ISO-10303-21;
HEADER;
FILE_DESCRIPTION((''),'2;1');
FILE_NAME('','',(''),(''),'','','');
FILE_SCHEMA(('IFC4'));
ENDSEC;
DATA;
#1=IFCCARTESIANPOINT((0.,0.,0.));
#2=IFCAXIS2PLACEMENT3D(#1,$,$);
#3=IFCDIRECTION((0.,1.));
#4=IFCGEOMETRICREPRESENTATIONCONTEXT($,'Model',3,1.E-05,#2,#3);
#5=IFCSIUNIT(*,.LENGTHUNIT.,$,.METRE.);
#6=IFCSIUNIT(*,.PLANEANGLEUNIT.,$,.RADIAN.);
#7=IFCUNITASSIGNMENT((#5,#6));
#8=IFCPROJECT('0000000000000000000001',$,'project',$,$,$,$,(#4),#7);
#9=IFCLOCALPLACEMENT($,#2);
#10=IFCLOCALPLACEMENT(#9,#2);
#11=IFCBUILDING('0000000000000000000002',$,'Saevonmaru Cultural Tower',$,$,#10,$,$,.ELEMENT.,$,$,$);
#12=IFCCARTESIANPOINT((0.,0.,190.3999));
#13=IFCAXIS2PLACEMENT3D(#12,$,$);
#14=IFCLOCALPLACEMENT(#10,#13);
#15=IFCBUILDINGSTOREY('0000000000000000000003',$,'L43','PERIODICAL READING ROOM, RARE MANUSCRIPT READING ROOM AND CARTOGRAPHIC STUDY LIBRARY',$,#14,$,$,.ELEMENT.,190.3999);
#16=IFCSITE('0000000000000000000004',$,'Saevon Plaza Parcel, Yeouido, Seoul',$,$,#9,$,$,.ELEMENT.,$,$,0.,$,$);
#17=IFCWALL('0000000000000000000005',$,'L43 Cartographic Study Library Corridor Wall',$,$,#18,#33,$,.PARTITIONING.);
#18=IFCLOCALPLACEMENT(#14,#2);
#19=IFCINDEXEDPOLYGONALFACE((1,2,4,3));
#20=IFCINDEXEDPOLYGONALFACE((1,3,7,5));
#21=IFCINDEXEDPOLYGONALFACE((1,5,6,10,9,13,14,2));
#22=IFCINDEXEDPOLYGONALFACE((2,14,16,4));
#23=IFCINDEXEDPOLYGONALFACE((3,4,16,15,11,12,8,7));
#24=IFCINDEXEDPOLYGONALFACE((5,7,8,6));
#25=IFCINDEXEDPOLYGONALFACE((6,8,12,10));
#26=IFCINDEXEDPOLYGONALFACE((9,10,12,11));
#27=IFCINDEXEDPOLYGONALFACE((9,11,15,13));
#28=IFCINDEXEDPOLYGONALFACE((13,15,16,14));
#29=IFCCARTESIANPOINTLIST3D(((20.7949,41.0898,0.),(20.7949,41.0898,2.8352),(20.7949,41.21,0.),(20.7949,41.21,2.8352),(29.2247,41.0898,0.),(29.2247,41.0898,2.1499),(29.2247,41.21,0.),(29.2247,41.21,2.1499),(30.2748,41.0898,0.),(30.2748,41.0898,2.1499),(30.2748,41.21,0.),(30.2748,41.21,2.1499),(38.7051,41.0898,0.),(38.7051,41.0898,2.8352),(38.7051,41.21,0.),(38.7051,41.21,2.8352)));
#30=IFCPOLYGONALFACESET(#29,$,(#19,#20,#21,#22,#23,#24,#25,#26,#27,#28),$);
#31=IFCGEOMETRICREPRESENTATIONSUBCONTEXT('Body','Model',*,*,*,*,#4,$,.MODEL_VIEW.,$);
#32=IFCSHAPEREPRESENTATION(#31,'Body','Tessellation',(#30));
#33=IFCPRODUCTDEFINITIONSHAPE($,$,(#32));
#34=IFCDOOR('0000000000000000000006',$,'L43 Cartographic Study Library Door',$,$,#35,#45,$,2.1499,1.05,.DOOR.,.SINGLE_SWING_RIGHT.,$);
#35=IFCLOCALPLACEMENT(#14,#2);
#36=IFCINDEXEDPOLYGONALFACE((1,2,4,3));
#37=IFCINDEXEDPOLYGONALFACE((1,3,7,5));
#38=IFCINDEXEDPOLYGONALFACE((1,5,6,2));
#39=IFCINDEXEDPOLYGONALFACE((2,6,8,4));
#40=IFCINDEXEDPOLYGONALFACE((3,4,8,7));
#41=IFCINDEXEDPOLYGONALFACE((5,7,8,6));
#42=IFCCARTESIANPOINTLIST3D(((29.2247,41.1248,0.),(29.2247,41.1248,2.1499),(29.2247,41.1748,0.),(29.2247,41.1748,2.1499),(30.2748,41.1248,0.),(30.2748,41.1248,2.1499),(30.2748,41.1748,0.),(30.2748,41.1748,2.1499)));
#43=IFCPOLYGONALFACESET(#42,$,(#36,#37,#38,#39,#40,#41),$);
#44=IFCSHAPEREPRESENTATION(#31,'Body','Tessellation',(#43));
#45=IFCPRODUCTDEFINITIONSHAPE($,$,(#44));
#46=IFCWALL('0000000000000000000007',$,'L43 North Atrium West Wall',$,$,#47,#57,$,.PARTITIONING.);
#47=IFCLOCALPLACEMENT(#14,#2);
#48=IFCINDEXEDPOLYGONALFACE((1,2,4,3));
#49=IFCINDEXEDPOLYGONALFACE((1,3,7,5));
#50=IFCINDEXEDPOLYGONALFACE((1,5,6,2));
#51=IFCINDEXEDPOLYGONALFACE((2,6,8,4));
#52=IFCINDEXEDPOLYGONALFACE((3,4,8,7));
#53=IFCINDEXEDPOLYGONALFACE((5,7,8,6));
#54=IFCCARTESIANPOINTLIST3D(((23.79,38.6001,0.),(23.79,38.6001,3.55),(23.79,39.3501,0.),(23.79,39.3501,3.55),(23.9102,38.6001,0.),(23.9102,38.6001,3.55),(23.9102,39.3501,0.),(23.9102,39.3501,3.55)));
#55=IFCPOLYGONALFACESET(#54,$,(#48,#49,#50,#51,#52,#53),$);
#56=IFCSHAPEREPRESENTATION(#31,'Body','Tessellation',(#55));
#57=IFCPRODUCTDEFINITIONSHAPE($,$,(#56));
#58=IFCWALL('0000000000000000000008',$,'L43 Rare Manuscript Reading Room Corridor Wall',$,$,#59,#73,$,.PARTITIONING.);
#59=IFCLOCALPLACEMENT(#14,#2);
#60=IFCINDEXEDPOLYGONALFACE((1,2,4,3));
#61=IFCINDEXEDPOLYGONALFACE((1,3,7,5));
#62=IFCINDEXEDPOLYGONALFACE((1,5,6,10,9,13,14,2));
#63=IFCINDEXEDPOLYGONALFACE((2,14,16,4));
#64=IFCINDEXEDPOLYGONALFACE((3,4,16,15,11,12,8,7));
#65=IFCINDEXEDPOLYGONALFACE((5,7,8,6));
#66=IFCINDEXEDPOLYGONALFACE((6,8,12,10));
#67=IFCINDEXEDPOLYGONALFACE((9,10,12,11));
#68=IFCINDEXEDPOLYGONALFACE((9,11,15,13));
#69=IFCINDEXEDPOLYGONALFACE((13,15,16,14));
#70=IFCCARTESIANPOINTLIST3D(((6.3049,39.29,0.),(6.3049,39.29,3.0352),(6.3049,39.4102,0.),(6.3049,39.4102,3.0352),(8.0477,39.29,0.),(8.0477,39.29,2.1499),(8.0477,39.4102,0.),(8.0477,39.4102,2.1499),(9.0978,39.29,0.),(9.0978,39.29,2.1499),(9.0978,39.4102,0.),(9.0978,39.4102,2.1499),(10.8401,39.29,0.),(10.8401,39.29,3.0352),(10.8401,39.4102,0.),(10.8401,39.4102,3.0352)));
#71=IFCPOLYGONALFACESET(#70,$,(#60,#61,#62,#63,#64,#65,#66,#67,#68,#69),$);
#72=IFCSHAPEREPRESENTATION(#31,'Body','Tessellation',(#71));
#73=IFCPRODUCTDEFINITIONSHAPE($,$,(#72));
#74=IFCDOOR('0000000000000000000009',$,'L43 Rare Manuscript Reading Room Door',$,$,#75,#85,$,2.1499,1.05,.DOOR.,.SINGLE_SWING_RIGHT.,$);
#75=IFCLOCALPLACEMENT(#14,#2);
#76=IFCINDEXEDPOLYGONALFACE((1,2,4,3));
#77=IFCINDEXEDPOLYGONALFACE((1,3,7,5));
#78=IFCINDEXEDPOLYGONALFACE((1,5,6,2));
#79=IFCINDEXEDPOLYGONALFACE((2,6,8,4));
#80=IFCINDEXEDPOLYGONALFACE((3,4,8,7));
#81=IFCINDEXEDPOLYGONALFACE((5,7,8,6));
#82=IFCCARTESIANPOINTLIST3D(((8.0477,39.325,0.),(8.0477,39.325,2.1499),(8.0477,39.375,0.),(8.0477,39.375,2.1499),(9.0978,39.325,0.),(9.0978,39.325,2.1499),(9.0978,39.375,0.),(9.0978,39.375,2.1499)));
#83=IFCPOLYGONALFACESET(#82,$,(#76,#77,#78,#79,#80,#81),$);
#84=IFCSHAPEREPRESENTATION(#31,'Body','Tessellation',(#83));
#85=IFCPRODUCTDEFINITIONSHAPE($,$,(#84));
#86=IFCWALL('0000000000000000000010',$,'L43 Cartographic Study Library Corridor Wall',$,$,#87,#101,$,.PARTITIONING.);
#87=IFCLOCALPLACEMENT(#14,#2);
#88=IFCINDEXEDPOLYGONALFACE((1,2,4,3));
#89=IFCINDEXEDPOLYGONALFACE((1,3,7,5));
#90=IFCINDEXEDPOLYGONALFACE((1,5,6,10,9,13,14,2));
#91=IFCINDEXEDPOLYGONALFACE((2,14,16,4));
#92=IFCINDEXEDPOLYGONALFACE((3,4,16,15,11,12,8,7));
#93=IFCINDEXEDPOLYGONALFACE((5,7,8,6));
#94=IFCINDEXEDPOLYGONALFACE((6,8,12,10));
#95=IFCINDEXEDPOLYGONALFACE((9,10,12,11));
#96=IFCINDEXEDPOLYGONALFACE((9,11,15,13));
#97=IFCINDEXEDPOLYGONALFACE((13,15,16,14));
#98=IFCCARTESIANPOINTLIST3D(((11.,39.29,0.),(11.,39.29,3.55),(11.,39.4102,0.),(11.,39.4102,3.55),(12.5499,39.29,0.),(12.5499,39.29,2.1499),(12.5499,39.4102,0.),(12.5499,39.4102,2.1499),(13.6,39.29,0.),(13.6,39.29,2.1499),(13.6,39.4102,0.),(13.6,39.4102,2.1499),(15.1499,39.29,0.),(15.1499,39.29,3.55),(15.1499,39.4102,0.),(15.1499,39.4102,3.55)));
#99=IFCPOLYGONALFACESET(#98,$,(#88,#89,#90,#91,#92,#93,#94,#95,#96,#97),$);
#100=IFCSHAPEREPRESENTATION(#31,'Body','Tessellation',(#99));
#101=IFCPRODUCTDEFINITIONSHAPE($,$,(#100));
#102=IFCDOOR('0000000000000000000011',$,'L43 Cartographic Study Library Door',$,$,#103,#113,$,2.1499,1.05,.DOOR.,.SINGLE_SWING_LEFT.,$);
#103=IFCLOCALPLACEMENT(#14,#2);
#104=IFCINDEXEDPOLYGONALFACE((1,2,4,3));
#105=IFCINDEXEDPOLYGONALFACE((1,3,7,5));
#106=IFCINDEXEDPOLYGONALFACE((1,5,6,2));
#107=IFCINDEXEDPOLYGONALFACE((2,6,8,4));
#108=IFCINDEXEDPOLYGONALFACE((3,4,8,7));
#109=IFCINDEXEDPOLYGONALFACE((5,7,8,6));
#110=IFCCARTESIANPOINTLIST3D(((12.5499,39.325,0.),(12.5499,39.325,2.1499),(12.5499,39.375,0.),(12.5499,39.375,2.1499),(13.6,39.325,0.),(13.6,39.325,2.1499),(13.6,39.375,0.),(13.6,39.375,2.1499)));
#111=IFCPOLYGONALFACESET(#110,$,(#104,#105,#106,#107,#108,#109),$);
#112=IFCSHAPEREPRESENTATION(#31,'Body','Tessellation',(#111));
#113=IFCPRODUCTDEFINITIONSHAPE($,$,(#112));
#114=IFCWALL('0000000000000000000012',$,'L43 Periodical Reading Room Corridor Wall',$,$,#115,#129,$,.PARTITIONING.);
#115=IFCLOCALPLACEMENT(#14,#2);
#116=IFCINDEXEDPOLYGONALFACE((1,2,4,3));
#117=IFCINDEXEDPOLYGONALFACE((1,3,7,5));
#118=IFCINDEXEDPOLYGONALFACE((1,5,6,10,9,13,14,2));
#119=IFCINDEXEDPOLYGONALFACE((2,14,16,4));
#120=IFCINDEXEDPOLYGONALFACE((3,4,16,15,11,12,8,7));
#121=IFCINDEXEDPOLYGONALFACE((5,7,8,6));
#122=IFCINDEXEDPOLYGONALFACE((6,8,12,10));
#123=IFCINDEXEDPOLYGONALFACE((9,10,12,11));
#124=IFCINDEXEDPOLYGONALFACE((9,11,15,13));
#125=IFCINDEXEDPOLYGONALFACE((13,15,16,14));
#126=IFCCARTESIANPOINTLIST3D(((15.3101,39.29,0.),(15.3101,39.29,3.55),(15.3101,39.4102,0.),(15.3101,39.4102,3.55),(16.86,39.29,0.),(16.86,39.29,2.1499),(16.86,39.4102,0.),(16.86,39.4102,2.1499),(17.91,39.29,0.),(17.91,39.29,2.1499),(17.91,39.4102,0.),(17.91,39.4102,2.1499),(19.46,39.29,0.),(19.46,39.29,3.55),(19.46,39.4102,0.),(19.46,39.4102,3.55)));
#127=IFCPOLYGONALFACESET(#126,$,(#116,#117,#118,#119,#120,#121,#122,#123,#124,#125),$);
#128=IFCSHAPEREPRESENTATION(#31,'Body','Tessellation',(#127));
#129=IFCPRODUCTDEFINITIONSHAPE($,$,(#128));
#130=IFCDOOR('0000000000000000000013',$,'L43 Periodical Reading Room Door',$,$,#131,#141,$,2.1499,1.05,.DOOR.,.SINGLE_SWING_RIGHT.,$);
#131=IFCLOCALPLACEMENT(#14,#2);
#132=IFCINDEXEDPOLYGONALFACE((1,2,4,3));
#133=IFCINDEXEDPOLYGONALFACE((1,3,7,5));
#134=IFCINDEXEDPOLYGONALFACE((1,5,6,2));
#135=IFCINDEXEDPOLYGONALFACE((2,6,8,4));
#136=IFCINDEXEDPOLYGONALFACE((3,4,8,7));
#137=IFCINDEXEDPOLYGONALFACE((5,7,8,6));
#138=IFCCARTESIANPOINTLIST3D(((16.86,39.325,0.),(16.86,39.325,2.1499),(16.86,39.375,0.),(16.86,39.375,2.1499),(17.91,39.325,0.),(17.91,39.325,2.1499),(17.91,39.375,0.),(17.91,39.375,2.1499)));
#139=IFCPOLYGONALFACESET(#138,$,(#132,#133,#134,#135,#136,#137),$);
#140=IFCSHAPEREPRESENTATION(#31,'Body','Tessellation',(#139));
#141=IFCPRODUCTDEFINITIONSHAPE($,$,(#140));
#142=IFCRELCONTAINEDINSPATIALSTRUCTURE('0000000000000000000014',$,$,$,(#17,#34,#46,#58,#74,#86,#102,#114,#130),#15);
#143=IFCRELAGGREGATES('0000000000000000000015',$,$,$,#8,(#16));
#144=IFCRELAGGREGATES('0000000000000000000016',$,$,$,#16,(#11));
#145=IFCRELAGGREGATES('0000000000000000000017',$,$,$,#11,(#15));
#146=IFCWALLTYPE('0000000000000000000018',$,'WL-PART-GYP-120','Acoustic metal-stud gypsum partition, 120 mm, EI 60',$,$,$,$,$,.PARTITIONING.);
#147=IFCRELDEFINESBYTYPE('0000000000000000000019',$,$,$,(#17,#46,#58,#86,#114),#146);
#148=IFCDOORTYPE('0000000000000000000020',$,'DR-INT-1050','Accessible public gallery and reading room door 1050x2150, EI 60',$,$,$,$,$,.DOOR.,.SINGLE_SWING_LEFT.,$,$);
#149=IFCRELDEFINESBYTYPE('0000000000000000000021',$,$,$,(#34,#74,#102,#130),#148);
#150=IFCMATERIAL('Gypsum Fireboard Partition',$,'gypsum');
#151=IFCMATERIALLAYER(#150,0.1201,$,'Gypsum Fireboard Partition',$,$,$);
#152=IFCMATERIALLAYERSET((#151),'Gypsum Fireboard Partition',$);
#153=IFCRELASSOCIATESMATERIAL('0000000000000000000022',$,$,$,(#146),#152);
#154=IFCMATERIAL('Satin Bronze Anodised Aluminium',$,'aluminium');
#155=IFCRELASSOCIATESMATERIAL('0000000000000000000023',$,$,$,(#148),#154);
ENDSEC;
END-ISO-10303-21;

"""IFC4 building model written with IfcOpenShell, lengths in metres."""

from ifc_helpers import new_model, si_unit, direction, frame, frame_2d, origin, place, context, subcontext, project, spatial, rectangle, extrude, material, layer, layer_set, type_object, element, fill, save


model = new_model("IFC4")

# Units and contexts
model_context = context("Model", 3, precision=1e-05, world=origin(), true_north=direction((0.0, 1.0)))
body_context = subcontext(model_context, "Body", "Model", "MODEL_VIEW")
ifc_project = project(units=[si_unit("LENGTHUNIT", "METRE"), si_unit("PLANEANGLEUNIT", "RADIAN")], contexts=[model_context])

# Site, building, storey
site_placement = place(None, origin())
site = spatial("IfcSite", under=ifc_project, at=site_placement, Name="Saevon Plaza Parcel, Yeouido, Seoul", CompositionType="ELEMENT", RefElevation=0.0)
building_placement = place(site_placement, origin())
building = spatial("IfcBuilding", under=site, at=building_placement, Name="Saevonmaru Cultural Tower", CompositionType="ELEMENT")
storey_placement = place(building_placement, frame((0.0, 0.0, 190.3999)))
storey = spatial("IfcBuildingStorey", under=building, at=storey_placement, Name="L43", Description="PERIODICAL READING ROOM, RARE MANUSCRIPT READING ROOM AND CARTOGRAPHIC STUDY LIBRARY", CompositionType="ELEMENT", Elevation=190.3999)

# Shared definitions
ifc_material_1 = material(Name="Satin Bronze Anodised Aluminium", Category="aluminium")

# Shared definitions
ifc_material_2 = material(Name="Gypsum Fireboard Partition", Category="gypsum")
ifc_layer_1 = layer(ifc_material_2, 0.1201, Name="Gypsum Fireboard Partition")
ifc_layer_set_1 = layer_set([ifc_layer_1], Name="Gypsum Fireboard Partition")
wall_type_1 = type_object("IfcWallType", Name="WL-PART-GYP-120", Description="Acoustic metal-stud gypsum partition, 120 mm, EI 60", PredefinedType="PARTITIONING", material=ifc_layer_set_1)

# Wall, opening, door
door_type = type_object("IfcDoorType", Name="DR-INT-1050", Description="Accessible public gallery and reading room door 1050x2150, EI 60", OperationType="SINGLE_SWING_LEFT", PredefinedType="DOOR", material=ifc_material_1)
wall_1_placement = place(storey_placement, frame((20.7949, 41.1499, 0.0), z_axis=(0.0, 0.0, 1.0), x_axis=(1.0, 0.0, 0.0)))
wall_1 = element("IfcWall", 1, at=wall_1_placement, inside=storey, type_object=wall_type_1, Name="L43 Cartographic Study Library Corridor Wall", PredefinedType="PARTITIONING", context=body_context, shape_type="SweptSolid", body=[
    extrude(rectangle(XDim=17.9102, YDim=0.1201, at=frame_2d((8.9551, 0.0))), origin(), (0.0, 0.0, 1.0), 2.8352),
])
opening_1_placement = place(wall_1_placement, frame((8.4299, 0.0, 0.0)))
opening_1 = element("IfcOpeningElement", 2, at=opening_1_placement, cuts=wall_1, PredefinedType="OPENING", context=body_context, shape_type="SweptSolid", body=[
    extrude(rectangle(XDim=1.05, YDim=2.1499, at=frame_2d((0.5249, 1.075))), frame((0.0, 0.0701, 0.0), z_axis=(0.0, -1.0, 0.0), x_axis=(1.0, 0.0, 0.0)), (0.0, 0.0, 1.0), 0.1401),
])
door_1_placement = place(opening_1_placement, origin())
door_1 = element("IfcDoor", 3, at=door_1_placement, inside=storey, type_object=door_type, Name="L43 Cartographic Study Library Door", OperationType="SINGLE_SWING_RIGHT", OverallHeight=2.1499, OverallWidth=1.05, PredefinedType="DOOR", context=body_context, shape_type="SweptSolid", body=[
    extrude(rectangle(XDim=1.05, YDim=2.1499, at=frame_2d((0.5249, 1.075))), frame((0.0, 0.0249, 0.0), z_axis=(0.0, -1.0, 0.0), x_axis=(1.0, 0.0, 0.0)), (0.0, 0.0, 1.0), 0.05),
])
fill(opening_1, door_1)

# Wall
wall_2_placement = place(storey_placement, frame((23.8501, 38.6001, 0.0), z_axis=(0.0, 0.0, 1.0), x_axis=(0.0, 1.0, 0.0)))
element("IfcWall", 4, at=wall_2_placement, inside=storey, type_object=wall_type_1, Name="L43 North Atrium West Wall", PredefinedType="PARTITIONING", context=body_context, shape_type="SweptSolid", body=[
    extrude(rectangle(XDim=0.75, YDim=0.1201, at=frame_2d((0.375, 0.0))), origin(), (0.0, 0.0, 1.0), 3.55),
])

# Walls, openings, doors
wall_3_placement = place(storey_placement, frame((6.3049, 39.3501, 0.0), z_axis=(0.0, 0.0, 1.0), x_axis=(1.0, 0.0, 0.0)))
wall_3 = element("IfcWall", 5, at=wall_3_placement, inside=storey, type_object=wall_type_1, Name="L43 Rare Manuscript Reading Room Corridor Wall", PredefinedType="PARTITIONING", context=body_context, shape_type="SweptSolid", body=[
    extrude(rectangle(XDim=4.5352, YDim=0.1201, at=frame_2d((2.2676, 0.0))), origin(), (0.0, 0.0, 1.0), 3.0352),
])
opening_2_placement = place(wall_3_placement, frame((1.7429, 0.0, 0.0)))
opening_2 = element("IfcOpeningElement", 6, at=opening_2_placement, cuts=wall_3, PredefinedType="OPENING", context=body_context, shape_type="SweptSolid", body=[
    extrude(rectangle(XDim=1.05, YDim=2.1499, at=frame_2d((0.5249, 1.075))), frame((0.0, 0.0701, 0.0), z_axis=(0.0, -1.0, 0.0), x_axis=(1.0, 0.0, 0.0)), (0.0, 0.0, 1.0), 0.1401),
])
door_2_placement = place(opening_2_placement, origin())
door_2 = element("IfcDoor", 7, at=door_2_placement, inside=storey, type_object=door_type, Name="L43 Rare Manuscript Reading Room Door", OperationType="SINGLE_SWING_RIGHT", OverallHeight=2.1499, OverallWidth=1.05, PredefinedType="DOOR", context=body_context, shape_type="SweptSolid", body=[
    extrude(rectangle(XDim=1.05, YDim=2.1499, at=frame_2d((0.5249, 1.075))), frame((0.0, 0.0249, 0.0), z_axis=(0.0, -1.0, 0.0), x_axis=(1.0, 0.0, 0.0)), (0.0, 0.0, 1.0), 0.05),
])
fill(opening_2, door_2)
wall_4_placement = place(storey_placement, frame((11.0, 39.3501, 0.0), z_axis=(0.0, 0.0, 1.0), x_axis=(1.0, 0.0, 0.0)))
wall_4 = element("IfcWall", 8, at=wall_4_placement, inside=storey, type_object=wall_type_1, Name="L43 Cartographic Study Library Corridor Wall", PredefinedType="PARTITIONING", context=body_context, shape_type="SweptSolid", body=[
    extrude(rectangle(XDim=4.1499, YDim=0.1201, at=frame_2d((2.075, 0.0))), origin(), (0.0, 0.0, 1.0), 3.55),
])
opening_3_placement = place(wall_4_placement, frame((1.55, 0.0, 0.0)))
opening_3 = element("IfcOpeningElement", 9, at=opening_3_placement, cuts=wall_4, PredefinedType="OPENING", context=body_context, shape_type="SweptSolid", body=[
    extrude(rectangle(XDim=1.05, YDim=2.1499, at=frame_2d((0.5249, 1.075))), frame((0.0, 0.0701, 0.0), z_axis=(0.0, -1.0, 0.0), x_axis=(1.0, 0.0, 0.0)), (0.0, 0.0, 1.0), 0.1401),
])
door_3_placement = place(opening_3_placement, origin())
door_3 = element("IfcDoor", 10, at=door_3_placement, inside=storey, type_object=door_type, Name="L43 Cartographic Study Library Door", OperationType="SINGLE_SWING_LEFT", OverallHeight=2.1499, OverallWidth=1.05, PredefinedType="DOOR", context=body_context, shape_type="SweptSolid", body=[
    extrude(rectangle(XDim=1.05, YDim=2.1499, at=frame_2d((0.5249, 1.075))), frame((0.0, 0.0249, 0.0), z_axis=(0.0, -1.0, 0.0), x_axis=(1.0, 0.0, 0.0)), (0.0, 0.0, 1.0), 0.05),
])
fill(opening_3, door_3)
wall_5_placement = place(storey_placement, frame((15.3101, 39.3501, 0.0), z_axis=(0.0, 0.0, 1.0), x_axis=(1.0, 0.0, 0.0)))
wall_5 = element("IfcWall", 11, at=wall_5_placement, inside=storey, type_object=wall_type_1, Name="L43 Periodical Reading Room Corridor Wall", PredefinedType="PARTITIONING", context=body_context, shape_type="SweptSolid", body=[
    extrude(rectangle(XDim=4.1499, YDim=0.1201, at=frame_2d((2.075, 0.0))), origin(), (0.0, 0.0, 1.0), 3.55),
])
opening_4_placement = place(wall_5_placement, frame((1.55, 0.0, 0.0)))
opening_4 = element("IfcOpeningElement", 12, at=opening_4_placement, cuts=wall_5, PredefinedType="OPENING", context=body_context, shape_type="SweptSolid", body=[
    extrude(rectangle(XDim=1.05, YDim=2.1499, at=frame_2d((0.5249, 1.075))), frame((0.0, 0.0701, 0.0), z_axis=(0.0, -1.0, 0.0), x_axis=(1.0, 0.0, 0.0)), (0.0, 0.0, 1.0), 0.1401),
])
door_4_placement = place(opening_4_placement, origin())
door_4 = element("IfcDoor", 13, at=door_4_placement, inside=storey, type_object=door_type, Name="L43 Periodical Reading Room Door", OperationType="SINGLE_SWING_RIGHT", OverallHeight=2.1499, OverallWidth=1.05, PredefinedType="DOOR", context=body_context, shape_type="SweptSolid", body=[
    extrude(rectangle(XDim=1.05, YDim=2.1499, at=frame_2d((0.5249, 1.075))), frame((0.0, 0.0249, 0.0), z_axis=(0.0, -1.0, 0.0), x_axis=(1.0, 0.0, 0.0)), (0.0, 0.0, 1.0), 0.05),
])
fill(opening_4, door_4)

save(model, "model.ifc")
